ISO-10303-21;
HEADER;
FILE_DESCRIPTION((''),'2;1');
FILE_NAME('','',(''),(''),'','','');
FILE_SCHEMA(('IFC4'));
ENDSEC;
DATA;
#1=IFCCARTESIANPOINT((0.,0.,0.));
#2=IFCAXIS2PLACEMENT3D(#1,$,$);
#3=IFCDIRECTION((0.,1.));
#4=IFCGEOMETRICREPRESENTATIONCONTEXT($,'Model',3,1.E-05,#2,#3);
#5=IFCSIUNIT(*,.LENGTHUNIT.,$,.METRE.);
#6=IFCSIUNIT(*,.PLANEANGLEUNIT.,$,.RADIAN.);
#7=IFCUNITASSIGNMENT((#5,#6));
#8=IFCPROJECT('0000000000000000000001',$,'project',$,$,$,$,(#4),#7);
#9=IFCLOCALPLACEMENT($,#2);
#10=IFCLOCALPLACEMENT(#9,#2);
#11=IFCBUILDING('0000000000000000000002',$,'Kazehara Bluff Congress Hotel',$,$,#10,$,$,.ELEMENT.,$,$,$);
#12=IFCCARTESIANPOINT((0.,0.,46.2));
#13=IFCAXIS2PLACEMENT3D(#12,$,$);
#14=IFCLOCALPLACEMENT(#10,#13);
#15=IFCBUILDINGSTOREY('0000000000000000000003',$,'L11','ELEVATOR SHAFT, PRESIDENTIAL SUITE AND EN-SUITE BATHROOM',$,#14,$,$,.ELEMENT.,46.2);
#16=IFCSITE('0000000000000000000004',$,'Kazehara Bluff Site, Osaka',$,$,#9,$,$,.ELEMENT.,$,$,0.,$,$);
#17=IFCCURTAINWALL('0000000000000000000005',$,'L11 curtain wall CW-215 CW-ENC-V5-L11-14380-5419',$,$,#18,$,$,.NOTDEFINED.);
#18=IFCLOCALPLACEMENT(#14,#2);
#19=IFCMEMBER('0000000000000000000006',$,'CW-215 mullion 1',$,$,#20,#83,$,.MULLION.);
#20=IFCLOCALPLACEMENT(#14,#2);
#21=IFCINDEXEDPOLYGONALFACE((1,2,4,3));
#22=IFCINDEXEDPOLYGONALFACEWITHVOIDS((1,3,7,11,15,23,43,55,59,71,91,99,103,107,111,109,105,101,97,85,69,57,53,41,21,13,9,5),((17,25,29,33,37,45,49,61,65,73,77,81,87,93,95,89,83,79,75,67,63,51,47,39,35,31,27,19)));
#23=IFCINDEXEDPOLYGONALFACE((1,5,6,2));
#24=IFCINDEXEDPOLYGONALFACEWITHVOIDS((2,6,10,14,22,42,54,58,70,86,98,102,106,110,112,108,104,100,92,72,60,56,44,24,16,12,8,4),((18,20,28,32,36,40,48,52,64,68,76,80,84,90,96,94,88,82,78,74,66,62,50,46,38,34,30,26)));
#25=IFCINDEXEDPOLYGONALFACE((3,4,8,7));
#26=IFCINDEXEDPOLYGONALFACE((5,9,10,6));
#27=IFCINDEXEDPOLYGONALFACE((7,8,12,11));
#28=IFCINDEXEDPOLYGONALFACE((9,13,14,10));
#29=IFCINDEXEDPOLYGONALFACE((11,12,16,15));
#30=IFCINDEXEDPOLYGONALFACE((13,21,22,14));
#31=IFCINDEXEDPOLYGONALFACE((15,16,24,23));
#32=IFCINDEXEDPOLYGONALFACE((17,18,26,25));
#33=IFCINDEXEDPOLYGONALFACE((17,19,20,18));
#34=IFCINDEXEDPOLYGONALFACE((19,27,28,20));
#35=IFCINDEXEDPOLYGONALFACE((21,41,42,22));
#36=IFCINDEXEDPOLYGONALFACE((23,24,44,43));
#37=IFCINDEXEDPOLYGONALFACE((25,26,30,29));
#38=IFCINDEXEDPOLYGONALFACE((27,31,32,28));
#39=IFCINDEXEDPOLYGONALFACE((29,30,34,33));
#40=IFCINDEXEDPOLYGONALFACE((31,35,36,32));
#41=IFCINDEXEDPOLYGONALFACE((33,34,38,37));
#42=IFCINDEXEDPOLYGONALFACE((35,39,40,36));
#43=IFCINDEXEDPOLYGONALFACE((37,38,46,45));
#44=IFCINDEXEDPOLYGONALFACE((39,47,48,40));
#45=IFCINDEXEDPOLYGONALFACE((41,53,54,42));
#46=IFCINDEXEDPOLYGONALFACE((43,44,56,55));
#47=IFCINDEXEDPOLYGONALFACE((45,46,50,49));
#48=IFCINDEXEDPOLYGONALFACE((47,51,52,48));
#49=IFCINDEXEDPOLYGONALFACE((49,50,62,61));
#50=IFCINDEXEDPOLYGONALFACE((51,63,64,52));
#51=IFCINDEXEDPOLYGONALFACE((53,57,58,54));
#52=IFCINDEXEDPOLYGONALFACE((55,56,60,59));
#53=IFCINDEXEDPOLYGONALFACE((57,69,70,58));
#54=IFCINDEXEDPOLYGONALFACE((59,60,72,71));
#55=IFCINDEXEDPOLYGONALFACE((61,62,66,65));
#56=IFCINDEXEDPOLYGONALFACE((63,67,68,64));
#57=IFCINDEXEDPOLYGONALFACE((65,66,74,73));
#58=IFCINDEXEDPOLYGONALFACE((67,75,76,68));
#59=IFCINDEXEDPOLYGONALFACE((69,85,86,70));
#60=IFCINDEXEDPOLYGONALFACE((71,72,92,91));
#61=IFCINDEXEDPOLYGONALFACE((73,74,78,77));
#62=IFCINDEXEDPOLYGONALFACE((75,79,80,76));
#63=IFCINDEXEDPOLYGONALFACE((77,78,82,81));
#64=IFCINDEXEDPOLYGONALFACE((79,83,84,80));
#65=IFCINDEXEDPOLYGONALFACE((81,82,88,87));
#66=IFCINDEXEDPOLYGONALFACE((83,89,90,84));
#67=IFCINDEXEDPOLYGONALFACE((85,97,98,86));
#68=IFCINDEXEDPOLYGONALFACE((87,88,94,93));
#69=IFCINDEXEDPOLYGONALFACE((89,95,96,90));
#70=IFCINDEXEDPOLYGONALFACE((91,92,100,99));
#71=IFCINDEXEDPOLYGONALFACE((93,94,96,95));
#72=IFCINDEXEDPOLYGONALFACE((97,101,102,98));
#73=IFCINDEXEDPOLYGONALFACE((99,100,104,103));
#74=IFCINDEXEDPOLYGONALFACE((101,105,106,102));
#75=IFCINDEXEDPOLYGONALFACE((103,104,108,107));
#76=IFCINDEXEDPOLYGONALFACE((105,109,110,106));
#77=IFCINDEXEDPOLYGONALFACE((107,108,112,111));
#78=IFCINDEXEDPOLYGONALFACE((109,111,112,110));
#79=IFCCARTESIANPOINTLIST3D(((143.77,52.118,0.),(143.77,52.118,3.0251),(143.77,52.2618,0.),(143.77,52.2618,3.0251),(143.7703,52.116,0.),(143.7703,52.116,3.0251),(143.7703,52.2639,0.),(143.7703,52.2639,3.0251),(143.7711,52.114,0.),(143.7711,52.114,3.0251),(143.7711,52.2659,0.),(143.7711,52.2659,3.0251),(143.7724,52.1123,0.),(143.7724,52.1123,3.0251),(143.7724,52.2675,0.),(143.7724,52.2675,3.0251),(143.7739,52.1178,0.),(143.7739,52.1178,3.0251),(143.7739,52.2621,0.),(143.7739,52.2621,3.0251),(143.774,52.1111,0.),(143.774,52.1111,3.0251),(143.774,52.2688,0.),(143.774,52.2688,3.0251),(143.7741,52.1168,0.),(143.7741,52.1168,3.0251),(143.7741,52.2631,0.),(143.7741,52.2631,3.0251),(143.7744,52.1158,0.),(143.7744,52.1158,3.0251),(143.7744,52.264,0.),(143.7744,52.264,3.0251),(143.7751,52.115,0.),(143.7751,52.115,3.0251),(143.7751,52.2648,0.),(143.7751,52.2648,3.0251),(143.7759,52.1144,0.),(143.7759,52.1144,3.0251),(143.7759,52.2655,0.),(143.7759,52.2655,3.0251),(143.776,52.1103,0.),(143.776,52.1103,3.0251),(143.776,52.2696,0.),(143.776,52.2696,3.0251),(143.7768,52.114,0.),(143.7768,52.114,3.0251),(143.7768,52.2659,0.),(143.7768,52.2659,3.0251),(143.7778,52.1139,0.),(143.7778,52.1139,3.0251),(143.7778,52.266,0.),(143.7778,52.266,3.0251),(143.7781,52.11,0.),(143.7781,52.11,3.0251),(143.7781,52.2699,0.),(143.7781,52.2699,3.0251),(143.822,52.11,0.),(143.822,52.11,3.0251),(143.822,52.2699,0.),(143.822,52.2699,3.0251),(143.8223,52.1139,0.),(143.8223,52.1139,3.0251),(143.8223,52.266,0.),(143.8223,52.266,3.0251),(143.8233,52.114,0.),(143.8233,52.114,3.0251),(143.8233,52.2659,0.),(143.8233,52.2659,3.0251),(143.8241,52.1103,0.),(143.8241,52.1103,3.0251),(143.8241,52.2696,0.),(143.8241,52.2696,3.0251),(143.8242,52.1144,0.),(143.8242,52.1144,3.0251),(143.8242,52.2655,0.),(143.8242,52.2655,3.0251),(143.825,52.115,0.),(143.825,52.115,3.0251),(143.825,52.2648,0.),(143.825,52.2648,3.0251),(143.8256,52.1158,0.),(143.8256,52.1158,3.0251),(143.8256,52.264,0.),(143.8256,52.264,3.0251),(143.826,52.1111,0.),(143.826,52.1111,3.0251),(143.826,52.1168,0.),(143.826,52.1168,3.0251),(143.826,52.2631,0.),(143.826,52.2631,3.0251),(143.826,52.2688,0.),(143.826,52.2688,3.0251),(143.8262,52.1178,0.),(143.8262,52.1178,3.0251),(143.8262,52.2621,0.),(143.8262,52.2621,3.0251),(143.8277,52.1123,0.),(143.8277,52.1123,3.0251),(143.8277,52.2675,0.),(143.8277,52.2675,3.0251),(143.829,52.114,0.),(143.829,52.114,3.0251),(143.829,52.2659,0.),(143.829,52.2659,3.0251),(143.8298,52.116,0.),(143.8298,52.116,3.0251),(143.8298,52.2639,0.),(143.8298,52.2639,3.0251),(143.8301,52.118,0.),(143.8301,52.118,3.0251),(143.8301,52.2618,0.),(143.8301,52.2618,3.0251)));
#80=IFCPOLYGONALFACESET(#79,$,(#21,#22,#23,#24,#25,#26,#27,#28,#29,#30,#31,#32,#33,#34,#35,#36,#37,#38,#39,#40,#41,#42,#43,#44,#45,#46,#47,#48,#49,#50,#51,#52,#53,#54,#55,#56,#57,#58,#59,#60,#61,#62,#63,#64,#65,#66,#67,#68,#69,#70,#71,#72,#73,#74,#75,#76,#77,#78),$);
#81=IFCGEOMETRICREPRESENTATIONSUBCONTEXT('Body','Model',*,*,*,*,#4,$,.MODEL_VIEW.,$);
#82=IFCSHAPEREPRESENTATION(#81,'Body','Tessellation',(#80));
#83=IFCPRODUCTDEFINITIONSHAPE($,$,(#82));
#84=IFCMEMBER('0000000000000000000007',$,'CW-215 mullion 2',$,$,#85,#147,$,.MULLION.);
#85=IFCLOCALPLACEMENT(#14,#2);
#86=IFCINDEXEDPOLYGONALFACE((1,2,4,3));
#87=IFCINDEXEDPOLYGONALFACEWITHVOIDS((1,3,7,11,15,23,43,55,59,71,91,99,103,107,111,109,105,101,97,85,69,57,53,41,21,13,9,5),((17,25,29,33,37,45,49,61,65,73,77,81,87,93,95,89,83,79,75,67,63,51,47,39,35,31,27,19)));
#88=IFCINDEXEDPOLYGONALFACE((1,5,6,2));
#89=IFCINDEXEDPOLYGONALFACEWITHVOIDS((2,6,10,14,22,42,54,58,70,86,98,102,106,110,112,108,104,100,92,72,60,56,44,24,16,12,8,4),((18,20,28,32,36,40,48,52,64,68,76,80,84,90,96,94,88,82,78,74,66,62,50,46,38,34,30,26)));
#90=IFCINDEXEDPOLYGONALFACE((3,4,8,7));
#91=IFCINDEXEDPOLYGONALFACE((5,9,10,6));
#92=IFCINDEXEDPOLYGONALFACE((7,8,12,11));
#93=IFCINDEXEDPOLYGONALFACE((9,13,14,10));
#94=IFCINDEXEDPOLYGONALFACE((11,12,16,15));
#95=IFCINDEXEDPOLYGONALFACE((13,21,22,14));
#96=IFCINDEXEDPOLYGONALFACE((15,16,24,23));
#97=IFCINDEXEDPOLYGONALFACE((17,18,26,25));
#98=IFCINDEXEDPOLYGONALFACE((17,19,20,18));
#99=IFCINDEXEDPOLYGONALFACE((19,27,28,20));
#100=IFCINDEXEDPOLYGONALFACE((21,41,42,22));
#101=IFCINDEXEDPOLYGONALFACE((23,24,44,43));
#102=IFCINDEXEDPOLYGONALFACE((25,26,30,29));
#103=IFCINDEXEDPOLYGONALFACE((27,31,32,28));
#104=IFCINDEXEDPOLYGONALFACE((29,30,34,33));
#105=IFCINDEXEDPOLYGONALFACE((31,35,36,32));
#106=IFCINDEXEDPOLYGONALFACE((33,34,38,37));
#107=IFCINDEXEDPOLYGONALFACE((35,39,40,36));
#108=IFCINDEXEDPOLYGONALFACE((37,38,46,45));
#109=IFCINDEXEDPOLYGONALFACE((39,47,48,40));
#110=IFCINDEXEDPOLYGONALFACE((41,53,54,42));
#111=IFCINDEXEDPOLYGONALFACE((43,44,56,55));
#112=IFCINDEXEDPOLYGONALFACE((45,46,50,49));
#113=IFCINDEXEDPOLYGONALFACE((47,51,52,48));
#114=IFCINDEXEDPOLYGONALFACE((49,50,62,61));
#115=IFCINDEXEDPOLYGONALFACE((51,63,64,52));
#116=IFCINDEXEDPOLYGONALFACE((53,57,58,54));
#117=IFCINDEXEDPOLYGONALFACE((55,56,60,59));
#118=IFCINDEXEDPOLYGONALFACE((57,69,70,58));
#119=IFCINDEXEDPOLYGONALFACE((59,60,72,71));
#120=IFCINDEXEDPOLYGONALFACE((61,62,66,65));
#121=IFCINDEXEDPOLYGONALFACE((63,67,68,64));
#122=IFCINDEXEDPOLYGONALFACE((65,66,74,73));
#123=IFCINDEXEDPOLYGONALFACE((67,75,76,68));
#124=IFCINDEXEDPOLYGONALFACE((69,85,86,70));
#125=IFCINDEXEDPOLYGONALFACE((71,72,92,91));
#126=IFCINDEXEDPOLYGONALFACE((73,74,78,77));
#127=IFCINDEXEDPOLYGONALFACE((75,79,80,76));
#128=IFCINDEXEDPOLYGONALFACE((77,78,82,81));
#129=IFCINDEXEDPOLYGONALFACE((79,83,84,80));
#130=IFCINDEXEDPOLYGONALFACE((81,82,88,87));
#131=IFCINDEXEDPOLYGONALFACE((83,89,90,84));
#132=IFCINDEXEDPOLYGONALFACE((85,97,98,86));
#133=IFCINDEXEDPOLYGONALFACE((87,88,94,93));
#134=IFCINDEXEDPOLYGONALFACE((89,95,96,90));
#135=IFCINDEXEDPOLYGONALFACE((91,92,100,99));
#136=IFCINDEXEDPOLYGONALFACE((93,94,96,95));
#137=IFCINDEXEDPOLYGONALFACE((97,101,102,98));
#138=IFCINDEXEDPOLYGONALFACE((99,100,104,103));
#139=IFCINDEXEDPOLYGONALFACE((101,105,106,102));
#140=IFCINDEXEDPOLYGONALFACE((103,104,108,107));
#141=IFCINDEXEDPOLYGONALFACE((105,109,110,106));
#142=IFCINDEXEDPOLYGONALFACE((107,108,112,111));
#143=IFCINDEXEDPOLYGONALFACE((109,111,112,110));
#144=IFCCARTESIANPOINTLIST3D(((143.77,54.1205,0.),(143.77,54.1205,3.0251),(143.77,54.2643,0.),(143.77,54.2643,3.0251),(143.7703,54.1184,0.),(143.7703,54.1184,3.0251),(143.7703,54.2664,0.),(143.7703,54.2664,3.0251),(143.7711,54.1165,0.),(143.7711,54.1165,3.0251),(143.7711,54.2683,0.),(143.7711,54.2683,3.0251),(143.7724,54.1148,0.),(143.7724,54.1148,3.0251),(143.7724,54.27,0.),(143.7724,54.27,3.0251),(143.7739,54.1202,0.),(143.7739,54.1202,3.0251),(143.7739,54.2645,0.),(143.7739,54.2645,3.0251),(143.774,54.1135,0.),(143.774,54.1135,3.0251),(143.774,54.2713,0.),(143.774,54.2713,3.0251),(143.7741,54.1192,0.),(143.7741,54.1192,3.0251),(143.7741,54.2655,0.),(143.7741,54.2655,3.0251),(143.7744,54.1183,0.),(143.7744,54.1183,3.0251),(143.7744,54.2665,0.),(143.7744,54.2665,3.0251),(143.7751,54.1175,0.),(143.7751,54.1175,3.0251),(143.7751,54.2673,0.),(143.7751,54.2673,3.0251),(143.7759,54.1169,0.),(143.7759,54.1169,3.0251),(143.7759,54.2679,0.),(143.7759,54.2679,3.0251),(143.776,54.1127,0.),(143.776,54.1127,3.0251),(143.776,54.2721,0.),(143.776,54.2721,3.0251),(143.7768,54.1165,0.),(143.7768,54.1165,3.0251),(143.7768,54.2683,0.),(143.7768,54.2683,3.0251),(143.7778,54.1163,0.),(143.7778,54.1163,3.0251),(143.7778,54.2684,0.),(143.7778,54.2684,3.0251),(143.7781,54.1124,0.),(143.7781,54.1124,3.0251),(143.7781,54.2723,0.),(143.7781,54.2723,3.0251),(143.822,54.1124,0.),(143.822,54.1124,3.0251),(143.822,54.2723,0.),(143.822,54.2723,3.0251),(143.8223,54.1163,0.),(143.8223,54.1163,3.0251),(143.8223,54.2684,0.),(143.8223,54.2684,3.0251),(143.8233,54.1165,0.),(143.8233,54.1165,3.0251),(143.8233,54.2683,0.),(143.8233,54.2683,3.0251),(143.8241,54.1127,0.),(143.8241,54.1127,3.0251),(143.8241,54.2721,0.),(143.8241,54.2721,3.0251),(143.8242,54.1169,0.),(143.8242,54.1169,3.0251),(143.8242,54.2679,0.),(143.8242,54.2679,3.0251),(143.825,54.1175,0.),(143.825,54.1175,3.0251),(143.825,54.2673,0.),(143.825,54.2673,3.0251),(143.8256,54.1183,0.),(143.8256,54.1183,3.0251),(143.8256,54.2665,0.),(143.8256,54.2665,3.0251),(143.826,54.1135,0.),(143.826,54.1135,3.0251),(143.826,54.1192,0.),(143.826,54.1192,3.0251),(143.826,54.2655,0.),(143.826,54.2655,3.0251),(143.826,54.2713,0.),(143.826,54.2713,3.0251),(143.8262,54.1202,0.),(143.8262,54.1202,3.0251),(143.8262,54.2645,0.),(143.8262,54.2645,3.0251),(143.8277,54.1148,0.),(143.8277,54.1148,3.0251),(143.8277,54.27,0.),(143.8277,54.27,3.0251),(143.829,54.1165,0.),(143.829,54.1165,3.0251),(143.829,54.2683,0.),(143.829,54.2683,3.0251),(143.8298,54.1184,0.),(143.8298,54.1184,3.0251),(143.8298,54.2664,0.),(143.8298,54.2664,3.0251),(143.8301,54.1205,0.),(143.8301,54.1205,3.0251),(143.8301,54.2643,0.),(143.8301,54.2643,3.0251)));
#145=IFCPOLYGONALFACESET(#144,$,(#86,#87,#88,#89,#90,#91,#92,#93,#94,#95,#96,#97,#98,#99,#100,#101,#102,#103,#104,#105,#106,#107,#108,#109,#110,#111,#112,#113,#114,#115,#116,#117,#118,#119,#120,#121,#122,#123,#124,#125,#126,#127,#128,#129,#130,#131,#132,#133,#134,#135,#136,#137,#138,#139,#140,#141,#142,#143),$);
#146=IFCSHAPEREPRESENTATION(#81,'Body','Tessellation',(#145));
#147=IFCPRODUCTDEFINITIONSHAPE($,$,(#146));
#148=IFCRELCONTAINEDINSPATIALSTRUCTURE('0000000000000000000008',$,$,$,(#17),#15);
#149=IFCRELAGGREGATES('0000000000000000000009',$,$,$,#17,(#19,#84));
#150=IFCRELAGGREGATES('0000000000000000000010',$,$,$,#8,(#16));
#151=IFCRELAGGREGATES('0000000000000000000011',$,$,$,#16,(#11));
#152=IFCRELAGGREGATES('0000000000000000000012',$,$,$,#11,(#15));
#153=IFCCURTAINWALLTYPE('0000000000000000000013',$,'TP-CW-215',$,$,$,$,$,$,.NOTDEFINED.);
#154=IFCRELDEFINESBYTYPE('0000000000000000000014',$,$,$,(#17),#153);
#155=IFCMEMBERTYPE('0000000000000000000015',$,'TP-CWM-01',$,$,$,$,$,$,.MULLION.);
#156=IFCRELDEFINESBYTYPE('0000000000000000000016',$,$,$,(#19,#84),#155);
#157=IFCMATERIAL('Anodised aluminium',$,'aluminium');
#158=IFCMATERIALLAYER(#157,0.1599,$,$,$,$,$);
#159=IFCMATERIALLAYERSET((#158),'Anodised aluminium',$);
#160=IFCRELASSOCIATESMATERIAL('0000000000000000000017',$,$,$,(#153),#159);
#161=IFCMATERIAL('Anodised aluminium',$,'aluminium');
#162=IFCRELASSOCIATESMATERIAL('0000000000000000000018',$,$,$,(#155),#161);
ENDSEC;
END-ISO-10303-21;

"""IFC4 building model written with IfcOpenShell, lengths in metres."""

from ifc_helpers import new_model, si_unit, direction, frame, origin, origin_2d, place, context, subcontext, project, spatial, hollow_rectangle, extrude, material, layer, layer_set, material_profile, profile_set, type_object, element, aggregate, save


model = new_model("IFC4")

# Units and contexts
model_context = context("Model", 3, precision=1e-05, world=origin(), true_north=direction((0.0, 1.0)))
body_context = subcontext(model_context, "Body", "Model", "MODEL_VIEW")
ifc_project = project(units=[si_unit("LENGTHUNIT", "METRE"), si_unit("PLANEANGLEUNIT", "RADIAN")], contexts=[model_context])

# Site, building, storey
site_placement = place(None, origin())
site = spatial("IfcSite", under=ifc_project, at=site_placement, Name="Kazehara Bluff Site, Osaka", CompositionType="ELEMENT", RefElevation=0.0)
building_placement = place(site_placement, origin())
building = spatial("IfcBuilding", under=site, at=building_placement, Name="Kazehara Bluff Congress Hotel", CompositionType="ELEMENT")
storey_placement = place(building_placement, frame((0.0, 0.0, 46.2)))
storey = spatial("IfcBuildingStorey", under=building, at=storey_placement, Name="L11", Description="ELEVATOR SHAFT, PRESIDENTIAL SUITE AND EN-SUITE BATHROOM", CompositionType="ELEMENT", Elevation=46.2)

# Curtain wall, members
ifc_material_1 = material(Name="Anodised aluminium", Category="aluminium")
ifc_layer_1 = layer(ifc_material_1, 0.1599)
ifc_layer_set_1 = layer_set([ifc_layer_1], Name="Anodised aluminium")
curtain_wall_type_1 = type_object("IfcCurtainWallType", Name="TP-CW-215", PredefinedType="NOTDEFINED", material=ifc_layer_set_1)
curtain_wall_1_placement = place(storey_placement, origin())
curtain_wall_1 = element("IfcCurtainWall", 1, at=curtain_wall_1_placement, inside=storey, type_object=curtain_wall_type_1, Name="L11 curtain wall CW-215 CW-ENC-V5-L11-14380-5419", PredefinedType="NOTDEFINED")
ifc_material_2 = material(Name="Anodised aluminium", Category="aluminium")
ifc_material_profile_1 = material_profile(ifc_material_2, hollow_rectangle(XDim=0.0601, YDim=0.1599, WallThickness=0.0039, InnerFilletRadius=0.0039, OuterFilletRadius=0.0081, at=origin_2d()))
ifc_profile_set_1 = profile_set([ifc_material_profile_1], Name="Anodised aluminium")
member_type_1 = type_object("IfcMemberType", Name="TP-CWM-01", PredefinedType="MULLION", material=ifc_profile_set_1)
member_1_placement = place(storey_placement, frame((143.8, 52.1899, 0.0), z_axis=(0.0, 0.0, 1.0), x_axis=(-1.0, 0.0, 0.0)))
member_1 = element("IfcMember", 2, at=member_1_placement, type_object=member_type_1, Name="CW-215 mullion 1", PredefinedType="MULLION", context=body_context, shape_type="SweptSolid", body=[
    extrude(hollow_rectangle(XDim=0.0601, YDim=0.1599, WallThickness=0.0039, InnerFilletRadius=0.0039, OuterFilletRadius=0.0081, at=origin_2d()), origin(), (0.0, 0.0, 1.0), 3.0251),
])
member_2_placement = place(storey_placement, frame((143.8, 54.1924, 0.0), z_axis=(0.0, 0.0, 1.0), x_axis=(-1.0, 0.0, 0.0)))
member_2 = element("IfcMember", 3, at=member_2_placement, type_object=member_type_1, Name="CW-215 mullion 2", PredefinedType="MULLION", context=body_context, shape_type="SweptSolid", body=[
    extrude(hollow_rectangle(XDim=0.0601, YDim=0.1599, WallThickness=0.0039, InnerFilletRadius=0.0039, OuterFilletRadius=0.0081, at=origin_2d()), origin(), (0.0, 0.0, 1.0), 3.0251),
])

aggregate(curtain_wall_1, [member_1, member_2])

save(model, "model.ifc")
